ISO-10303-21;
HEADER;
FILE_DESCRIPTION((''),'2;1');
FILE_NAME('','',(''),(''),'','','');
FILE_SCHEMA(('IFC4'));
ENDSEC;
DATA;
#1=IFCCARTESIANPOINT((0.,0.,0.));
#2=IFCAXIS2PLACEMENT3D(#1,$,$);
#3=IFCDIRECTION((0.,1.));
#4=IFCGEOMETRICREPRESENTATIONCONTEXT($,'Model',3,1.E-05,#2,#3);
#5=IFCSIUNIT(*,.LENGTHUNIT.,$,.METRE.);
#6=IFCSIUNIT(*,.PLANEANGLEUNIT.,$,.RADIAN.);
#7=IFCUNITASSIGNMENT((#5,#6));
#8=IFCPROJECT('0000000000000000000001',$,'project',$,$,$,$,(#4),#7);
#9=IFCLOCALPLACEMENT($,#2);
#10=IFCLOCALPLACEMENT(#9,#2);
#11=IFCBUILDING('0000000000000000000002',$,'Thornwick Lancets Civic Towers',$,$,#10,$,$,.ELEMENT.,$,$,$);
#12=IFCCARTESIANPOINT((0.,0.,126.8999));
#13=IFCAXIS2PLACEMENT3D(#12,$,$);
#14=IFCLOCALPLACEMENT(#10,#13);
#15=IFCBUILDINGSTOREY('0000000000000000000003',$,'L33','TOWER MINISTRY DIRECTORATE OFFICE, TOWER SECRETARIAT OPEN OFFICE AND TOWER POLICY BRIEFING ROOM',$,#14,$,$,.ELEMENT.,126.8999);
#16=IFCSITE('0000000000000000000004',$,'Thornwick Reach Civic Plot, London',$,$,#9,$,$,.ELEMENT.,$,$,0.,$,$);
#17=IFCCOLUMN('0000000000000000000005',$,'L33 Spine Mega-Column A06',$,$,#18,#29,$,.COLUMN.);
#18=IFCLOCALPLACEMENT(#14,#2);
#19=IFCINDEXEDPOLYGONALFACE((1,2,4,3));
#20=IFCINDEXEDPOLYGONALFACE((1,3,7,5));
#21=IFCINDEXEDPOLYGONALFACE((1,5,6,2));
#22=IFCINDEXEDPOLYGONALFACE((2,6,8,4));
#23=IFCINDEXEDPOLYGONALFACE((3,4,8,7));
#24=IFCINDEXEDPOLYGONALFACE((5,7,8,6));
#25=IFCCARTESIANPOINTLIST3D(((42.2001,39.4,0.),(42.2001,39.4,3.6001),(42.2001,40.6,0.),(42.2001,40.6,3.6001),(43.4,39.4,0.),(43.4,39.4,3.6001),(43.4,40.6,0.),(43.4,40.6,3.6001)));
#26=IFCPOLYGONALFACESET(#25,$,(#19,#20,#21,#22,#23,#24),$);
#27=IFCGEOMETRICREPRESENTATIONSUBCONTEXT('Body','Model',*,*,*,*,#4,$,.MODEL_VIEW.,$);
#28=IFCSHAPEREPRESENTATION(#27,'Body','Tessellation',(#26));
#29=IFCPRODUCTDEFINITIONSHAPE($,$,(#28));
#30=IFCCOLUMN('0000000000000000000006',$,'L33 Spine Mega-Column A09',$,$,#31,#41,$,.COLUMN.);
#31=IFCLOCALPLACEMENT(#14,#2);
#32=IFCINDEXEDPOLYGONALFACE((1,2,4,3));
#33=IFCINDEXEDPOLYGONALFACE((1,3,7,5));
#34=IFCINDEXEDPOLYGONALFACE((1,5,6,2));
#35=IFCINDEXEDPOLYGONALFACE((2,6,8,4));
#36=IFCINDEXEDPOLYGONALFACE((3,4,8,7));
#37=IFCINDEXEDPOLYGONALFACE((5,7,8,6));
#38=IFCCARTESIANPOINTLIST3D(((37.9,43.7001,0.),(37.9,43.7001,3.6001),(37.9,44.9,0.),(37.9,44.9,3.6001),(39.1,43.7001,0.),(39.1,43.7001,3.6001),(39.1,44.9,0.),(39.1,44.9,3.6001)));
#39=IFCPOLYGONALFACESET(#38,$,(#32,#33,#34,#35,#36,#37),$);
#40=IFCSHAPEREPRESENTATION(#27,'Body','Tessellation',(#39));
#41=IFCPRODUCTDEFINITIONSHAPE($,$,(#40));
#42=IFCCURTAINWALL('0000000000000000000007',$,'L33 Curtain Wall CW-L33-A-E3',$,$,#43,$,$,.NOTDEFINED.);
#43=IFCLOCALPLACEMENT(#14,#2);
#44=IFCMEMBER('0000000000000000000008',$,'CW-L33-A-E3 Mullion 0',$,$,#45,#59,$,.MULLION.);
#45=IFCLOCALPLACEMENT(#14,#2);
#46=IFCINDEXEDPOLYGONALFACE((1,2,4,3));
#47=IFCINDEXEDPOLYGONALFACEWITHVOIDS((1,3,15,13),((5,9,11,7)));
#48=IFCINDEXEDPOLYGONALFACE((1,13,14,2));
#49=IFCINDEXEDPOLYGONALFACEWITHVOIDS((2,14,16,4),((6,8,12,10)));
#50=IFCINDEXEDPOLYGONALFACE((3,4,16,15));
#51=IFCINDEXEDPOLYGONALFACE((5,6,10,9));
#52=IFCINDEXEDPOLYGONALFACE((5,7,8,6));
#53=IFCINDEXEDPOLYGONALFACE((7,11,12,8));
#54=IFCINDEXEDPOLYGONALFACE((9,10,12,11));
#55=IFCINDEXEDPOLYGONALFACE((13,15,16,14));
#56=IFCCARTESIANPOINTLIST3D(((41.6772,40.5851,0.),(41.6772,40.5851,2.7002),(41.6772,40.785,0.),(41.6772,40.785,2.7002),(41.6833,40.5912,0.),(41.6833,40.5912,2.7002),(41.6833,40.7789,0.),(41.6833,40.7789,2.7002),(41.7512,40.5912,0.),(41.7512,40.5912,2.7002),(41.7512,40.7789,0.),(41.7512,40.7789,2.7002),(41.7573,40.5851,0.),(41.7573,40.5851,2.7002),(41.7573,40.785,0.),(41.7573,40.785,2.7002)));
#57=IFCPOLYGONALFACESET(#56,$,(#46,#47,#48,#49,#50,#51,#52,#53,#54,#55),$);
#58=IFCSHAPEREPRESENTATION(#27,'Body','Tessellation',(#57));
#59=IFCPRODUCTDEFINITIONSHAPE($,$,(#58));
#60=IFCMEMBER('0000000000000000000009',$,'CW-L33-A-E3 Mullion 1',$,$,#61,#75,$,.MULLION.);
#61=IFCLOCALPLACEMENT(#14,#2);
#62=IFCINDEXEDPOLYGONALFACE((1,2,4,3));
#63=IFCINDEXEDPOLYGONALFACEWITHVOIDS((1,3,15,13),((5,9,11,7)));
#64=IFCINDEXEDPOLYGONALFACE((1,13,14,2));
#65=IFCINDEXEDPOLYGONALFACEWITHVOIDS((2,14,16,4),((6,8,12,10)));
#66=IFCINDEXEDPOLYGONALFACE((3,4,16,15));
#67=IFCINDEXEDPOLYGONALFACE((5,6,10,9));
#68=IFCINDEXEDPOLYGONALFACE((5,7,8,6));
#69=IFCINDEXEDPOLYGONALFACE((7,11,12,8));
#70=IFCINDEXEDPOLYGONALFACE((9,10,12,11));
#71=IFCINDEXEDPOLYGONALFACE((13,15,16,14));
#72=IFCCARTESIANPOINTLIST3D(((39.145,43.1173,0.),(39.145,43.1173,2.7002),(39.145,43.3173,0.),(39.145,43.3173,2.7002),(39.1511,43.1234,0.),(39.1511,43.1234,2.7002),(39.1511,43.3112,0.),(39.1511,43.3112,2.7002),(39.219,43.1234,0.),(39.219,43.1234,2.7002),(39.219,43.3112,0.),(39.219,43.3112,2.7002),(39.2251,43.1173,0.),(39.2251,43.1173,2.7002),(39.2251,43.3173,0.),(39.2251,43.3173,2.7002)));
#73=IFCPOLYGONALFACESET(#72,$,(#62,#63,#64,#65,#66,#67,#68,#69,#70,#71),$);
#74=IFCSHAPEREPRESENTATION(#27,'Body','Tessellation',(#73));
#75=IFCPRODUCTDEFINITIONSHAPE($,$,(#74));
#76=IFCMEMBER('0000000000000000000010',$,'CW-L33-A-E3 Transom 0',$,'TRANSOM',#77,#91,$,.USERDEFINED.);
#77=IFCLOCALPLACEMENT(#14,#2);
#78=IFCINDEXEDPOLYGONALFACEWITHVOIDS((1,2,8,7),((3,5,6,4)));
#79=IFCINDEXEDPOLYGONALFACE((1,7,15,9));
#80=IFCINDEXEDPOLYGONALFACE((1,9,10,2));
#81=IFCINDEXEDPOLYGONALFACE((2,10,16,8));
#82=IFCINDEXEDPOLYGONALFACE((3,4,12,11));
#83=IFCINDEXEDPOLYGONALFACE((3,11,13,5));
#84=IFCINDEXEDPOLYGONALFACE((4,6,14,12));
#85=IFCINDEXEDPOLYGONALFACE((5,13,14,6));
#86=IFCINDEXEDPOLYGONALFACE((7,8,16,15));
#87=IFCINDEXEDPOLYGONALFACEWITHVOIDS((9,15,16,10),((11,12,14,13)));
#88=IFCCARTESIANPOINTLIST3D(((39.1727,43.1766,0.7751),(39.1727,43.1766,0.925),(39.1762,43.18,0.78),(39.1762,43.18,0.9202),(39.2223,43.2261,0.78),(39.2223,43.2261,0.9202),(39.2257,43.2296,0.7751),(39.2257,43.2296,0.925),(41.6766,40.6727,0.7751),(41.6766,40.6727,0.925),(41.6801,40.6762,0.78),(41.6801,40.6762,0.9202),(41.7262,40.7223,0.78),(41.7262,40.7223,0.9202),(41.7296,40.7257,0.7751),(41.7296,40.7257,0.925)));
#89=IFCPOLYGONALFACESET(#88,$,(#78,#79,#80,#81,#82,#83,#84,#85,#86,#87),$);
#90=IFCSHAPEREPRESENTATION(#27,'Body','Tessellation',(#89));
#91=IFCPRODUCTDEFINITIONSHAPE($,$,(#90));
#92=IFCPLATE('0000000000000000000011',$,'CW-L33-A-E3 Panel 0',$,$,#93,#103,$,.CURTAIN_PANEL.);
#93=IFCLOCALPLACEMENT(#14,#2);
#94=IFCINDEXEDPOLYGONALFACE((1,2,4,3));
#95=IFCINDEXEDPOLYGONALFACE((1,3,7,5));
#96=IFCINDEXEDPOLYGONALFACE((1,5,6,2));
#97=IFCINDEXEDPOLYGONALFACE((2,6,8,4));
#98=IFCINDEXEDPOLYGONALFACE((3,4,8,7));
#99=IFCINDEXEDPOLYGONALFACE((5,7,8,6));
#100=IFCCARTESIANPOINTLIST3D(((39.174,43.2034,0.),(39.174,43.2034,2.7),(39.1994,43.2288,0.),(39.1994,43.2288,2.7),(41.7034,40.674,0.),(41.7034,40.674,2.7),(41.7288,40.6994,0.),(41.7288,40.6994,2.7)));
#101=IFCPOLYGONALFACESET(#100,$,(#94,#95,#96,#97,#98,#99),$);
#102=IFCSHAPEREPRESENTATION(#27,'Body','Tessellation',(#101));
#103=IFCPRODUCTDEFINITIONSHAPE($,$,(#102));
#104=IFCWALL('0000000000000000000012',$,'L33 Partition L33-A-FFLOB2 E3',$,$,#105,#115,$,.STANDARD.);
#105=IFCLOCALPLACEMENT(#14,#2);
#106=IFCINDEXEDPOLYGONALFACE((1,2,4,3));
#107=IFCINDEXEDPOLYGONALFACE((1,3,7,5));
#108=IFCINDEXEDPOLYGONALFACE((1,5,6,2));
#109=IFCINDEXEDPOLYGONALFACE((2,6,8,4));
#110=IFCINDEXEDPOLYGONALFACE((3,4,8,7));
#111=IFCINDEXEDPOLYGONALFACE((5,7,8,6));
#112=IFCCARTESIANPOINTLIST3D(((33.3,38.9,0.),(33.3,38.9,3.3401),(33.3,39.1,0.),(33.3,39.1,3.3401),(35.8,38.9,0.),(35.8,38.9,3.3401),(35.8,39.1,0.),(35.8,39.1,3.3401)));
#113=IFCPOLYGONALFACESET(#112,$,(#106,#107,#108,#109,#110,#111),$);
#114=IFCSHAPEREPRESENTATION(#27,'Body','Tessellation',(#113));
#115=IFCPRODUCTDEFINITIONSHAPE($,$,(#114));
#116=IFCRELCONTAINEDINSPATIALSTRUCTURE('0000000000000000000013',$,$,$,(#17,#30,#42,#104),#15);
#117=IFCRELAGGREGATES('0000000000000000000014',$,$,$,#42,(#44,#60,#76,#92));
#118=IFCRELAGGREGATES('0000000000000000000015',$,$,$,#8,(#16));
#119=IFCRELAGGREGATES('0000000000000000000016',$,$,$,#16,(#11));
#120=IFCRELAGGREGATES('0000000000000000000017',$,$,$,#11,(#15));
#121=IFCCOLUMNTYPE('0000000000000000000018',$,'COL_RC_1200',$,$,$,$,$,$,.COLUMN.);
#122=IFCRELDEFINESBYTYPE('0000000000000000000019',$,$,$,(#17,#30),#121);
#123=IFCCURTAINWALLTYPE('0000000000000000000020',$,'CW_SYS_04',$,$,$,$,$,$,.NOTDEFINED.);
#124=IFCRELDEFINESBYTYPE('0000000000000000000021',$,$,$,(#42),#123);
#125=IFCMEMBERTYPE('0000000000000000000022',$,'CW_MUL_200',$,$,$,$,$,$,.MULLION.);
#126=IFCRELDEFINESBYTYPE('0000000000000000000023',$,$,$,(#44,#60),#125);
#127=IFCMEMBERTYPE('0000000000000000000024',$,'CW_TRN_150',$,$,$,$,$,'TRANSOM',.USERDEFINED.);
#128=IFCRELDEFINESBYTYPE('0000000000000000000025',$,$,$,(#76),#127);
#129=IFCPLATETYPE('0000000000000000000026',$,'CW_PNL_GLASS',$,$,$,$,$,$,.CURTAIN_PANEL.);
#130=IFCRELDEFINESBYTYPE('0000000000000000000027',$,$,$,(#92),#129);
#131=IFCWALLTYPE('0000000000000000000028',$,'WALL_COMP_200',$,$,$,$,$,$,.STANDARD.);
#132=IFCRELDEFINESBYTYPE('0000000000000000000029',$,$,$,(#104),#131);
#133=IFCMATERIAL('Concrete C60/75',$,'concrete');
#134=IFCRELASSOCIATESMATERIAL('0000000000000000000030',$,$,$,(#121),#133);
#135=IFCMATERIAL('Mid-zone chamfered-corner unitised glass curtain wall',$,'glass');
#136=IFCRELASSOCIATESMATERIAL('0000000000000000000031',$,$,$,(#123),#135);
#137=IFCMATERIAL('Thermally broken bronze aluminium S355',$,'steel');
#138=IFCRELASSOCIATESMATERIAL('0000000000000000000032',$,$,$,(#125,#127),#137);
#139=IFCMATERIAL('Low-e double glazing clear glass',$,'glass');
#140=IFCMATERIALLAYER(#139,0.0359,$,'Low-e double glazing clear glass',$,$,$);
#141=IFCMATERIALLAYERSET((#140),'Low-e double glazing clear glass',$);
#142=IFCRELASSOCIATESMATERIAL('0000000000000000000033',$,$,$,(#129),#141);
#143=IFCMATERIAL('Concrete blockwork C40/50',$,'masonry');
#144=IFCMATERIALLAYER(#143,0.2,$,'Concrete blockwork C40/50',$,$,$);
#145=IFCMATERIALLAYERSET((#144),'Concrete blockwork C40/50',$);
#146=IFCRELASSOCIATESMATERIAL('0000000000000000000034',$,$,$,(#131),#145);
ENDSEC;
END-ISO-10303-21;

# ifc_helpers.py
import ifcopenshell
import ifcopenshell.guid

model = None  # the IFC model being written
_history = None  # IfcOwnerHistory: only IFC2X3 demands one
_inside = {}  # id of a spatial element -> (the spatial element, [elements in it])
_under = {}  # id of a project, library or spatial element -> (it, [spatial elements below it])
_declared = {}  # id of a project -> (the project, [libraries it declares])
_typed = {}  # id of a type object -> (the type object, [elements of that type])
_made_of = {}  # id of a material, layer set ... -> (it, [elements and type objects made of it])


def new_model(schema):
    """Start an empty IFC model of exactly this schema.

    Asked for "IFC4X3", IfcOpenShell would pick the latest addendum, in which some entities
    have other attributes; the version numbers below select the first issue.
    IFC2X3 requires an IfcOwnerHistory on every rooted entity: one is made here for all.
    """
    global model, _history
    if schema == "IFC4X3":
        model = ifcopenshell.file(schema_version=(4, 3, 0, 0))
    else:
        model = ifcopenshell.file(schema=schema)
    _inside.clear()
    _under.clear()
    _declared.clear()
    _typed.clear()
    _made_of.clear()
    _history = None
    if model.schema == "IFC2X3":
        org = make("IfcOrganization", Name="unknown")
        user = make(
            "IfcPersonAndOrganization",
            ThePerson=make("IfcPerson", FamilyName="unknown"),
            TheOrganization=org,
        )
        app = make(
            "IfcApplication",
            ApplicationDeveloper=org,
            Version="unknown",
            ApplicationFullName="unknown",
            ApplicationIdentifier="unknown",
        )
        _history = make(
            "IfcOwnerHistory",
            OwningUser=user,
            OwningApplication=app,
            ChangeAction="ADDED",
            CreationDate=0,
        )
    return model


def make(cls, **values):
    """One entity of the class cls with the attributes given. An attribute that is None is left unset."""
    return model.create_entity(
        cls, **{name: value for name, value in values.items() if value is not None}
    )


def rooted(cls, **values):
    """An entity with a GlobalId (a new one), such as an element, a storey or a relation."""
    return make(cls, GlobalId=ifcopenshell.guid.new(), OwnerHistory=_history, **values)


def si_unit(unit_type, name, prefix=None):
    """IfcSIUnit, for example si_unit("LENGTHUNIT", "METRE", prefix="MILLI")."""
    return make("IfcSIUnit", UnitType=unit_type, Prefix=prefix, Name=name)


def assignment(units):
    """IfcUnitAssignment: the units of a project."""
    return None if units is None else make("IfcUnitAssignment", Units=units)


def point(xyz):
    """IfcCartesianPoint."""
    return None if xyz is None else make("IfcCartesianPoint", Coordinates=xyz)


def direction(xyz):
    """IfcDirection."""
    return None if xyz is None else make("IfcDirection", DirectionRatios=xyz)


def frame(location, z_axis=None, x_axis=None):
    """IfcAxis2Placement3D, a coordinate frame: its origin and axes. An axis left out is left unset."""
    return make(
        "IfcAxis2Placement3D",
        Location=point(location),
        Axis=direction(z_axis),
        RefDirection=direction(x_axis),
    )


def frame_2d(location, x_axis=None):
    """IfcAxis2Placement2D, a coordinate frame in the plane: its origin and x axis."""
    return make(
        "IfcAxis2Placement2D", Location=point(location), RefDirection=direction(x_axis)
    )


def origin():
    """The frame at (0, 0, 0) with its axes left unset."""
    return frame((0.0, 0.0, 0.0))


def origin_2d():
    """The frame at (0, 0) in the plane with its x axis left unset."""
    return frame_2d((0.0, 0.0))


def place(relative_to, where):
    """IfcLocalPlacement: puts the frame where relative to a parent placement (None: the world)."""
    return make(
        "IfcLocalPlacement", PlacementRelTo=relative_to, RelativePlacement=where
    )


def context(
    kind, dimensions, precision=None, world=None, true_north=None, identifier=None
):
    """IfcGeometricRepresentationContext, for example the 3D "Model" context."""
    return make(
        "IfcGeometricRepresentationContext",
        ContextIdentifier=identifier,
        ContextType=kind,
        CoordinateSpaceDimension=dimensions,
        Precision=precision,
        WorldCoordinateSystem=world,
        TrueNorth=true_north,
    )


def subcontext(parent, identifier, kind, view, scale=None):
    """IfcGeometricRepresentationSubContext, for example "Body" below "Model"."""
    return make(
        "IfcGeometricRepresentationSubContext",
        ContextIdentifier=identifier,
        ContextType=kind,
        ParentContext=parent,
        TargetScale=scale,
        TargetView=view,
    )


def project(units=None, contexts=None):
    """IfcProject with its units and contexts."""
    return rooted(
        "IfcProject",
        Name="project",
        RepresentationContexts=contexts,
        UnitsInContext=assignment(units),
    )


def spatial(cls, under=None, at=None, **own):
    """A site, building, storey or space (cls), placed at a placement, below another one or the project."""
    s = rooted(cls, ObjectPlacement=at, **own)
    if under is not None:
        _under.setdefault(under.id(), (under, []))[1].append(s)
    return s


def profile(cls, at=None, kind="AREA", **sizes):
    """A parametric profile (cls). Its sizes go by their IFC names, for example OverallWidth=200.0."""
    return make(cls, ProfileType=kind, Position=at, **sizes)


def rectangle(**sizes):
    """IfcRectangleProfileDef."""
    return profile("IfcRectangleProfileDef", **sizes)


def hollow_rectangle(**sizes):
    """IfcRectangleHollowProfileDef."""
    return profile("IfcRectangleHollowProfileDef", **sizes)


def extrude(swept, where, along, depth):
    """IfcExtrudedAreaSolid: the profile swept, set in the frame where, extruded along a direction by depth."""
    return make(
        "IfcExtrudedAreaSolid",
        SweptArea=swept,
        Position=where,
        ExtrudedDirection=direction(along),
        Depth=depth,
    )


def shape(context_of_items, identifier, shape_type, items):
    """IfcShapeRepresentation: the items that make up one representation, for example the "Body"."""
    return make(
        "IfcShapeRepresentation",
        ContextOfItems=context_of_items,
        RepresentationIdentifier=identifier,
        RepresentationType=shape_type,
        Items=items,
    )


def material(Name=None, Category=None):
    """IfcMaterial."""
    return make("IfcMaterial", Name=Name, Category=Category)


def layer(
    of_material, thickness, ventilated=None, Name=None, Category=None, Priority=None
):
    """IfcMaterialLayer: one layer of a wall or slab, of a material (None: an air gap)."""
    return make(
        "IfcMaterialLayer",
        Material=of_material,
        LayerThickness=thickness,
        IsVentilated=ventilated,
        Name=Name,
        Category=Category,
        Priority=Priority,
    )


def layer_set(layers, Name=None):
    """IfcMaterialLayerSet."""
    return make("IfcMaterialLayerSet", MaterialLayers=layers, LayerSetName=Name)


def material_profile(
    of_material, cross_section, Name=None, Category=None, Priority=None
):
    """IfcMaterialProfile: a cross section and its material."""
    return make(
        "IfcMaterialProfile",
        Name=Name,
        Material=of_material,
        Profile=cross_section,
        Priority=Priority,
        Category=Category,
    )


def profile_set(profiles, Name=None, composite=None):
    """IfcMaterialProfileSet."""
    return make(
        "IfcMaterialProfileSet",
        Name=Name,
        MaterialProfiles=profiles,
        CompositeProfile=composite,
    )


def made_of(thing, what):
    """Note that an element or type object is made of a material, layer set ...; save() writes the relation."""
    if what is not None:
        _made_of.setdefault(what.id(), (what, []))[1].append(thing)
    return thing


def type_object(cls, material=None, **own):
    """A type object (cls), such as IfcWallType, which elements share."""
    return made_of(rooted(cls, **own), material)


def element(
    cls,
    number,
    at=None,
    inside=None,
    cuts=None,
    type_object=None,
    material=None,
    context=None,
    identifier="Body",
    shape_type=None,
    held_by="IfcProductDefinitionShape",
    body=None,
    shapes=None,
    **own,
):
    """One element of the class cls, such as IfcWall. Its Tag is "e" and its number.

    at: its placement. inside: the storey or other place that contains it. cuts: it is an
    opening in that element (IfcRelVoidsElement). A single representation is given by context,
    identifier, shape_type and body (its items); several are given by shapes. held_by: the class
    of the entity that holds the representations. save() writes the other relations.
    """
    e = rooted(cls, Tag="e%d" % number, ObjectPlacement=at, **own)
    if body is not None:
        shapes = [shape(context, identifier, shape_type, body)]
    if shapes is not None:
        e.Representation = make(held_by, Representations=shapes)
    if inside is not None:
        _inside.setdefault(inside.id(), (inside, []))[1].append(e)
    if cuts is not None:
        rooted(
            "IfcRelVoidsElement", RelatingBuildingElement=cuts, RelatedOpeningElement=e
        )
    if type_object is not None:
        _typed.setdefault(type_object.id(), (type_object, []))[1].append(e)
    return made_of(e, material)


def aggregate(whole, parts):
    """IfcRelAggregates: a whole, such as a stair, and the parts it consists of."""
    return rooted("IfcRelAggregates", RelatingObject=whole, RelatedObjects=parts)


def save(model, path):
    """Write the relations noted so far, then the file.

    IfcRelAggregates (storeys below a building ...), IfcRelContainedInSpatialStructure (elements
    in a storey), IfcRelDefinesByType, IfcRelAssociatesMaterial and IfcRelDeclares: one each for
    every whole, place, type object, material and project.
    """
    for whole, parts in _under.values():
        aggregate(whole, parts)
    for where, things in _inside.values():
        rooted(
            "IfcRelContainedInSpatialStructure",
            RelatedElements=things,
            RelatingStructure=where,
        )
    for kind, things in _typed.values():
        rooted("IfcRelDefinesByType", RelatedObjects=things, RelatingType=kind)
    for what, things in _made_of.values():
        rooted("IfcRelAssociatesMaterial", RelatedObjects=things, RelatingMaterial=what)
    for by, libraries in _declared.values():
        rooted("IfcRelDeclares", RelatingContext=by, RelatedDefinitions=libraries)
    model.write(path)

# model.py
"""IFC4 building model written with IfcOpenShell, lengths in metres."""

from ifc_helpers import new_model, si_unit, direction, frame, frame_2d, origin, origin_2d, place, context, subcontext, project, spatial, rectangle, hollow_rectangle, extrude, material, layer, layer_set, material_profile, profile_set, type_object, element, aggregate, save


model = new_model("IFC4")

# Units and contexts
model_context = context("Model", 3, precision=1e-05, world=origin(), true_north=direction((0.0, 1.0)))
body_context = subcontext(model_context, "Body", "Model", "MODEL_VIEW")
ifc_project = project(units=[si_unit("LENGTHUNIT", "METRE"), si_unit("PLANEANGLEUNIT", "RADIAN")], contexts=[model_context])

# Site, building, storey
site_placement = place(None, origin())
site = spatial("IfcSite", under=ifc_project, at=site_placement, Name="Thornwick Reach Civic Plot, London", CompositionType="ELEMENT", RefElevation=0.0)
building_placement = place(site_placement, origin())
building = spatial("IfcBuilding", under=site, at=building_placement, Name="Thornwick Lancets Civic Towers", CompositionType="ELEMENT")
storey_placement = place(building_placement, frame((0.0, 0.0, 126.8999)))
storey = spatial("IfcBuildingStorey", under=building, at=storey_placement, Name="L33", Description="TOWER MINISTRY DIRECTORATE OFFICE, TOWER SECRETARIAT OPEN OFFICE AND TOWER POLICY BRIEFING ROOM", CompositionType="ELEMENT", Elevation=126.8999)

# Columns
ifc_material_1 = material(Name="Concrete C60/75", Category="concrete")
ifc_material_profile_1 = material_profile(ifc_material_1, rectangle(XDim=1.2, YDim=1.2, at=origin_2d()), Name="RC 1200x1200")
ifc_profile_set_1 = profile_set([ifc_material_profile_1], Name="Concrete C60/75")
column_type = type_object("IfcColumnType", Name="COL_RC_1200", PredefinedType="COLUMN", material=ifc_profile_set_1)
for number, where, z_axis, x_axis, name in (
    (1, (42.8, 40.0, 0.0), (0.0, 0.0, 1.0), (1.0, 0.0, 0.0), "L33 Spine Mega-Column A06"),
    (2, (38.5, 44.3, 0.0), (0.0, 0.0, 1.0), (1.0, 0.0, 0.0), "L33 Spine Mega-Column A09"),
):
    element("IfcColumn", number, at=place(storey_placement, frame(where, z_axis=z_axis, x_axis=x_axis)), inside=storey, type_object=column_type, Name=name, PredefinedType="COLUMN", context=body_context, shape_type="SweptSolid", body=[
        extrude(rectangle(XDim=1.2, YDim=1.2, at=origin_2d()), origin(), (0.0, 0.0, 1.0), 3.6001),
    ])

# Curtain wall, members, plate
ifc_material_2 = material(Name="Mid-zone chamfered-corner unitised glass curtain wall", Category="glass")
curtain_wall_type = type_object("IfcCurtainWallType", Name="CW_SYS_04", PredefinedType="NOTDEFINED", material=ifc_material_2)
curtain_wall_placement = place(storey_placement, origin())
curtain_wall = element("IfcCurtainWall", 3, at=curtain_wall_placement, inside=storey, type_object=curtain_wall_type, Name="L33 Curtain Wall CW-L33-A-E3", PredefinedType="NOTDEFINED")
ifc_material_3 = material(Name="Thermally broken bronze aluminium S355", Category="steel")
ifc_material_profile_2 = material_profile(ifc_material_3, hollow_rectangle(XDim=0.0801, YDim=0.2, WallThickness=0.0061, at=origin_2d()), Name="RHS 200x80x6")
ifc_profile_set_2 = profile_set([ifc_material_profile_2], Name="Thermally broken bronze aluminium S355")
member_type_1 = type_object("IfcMemberType", Name="CW_MUL_200", PredefinedType="MULLION", material=ifc_profile_set_2)
member_1_placement = place(storey_placement, frame((41.7173, 40.6851, 0.0), z_axis=(0.0, 0.0, 1.0), x_axis=(1.0, 0.0, 0.0)))
member_1 = element("IfcMember", 4, at=member_1_placement, type_object=member_type_1, Name="CW-L33-A-E3 Mullion 0", PredefinedType="MULLION", context=body_context, shape_type="SweptSolid", body=[
    extrude(hollow_rectangle(XDim=0.0801, YDim=0.2, WallThickness=0.0061, at=origin_2d()), origin(), (0.0, 0.0, 1.0), 2.7002),
])
member_2_placement = place(storey_placement, frame((39.1851, 43.2173, 0.0), z_axis=(0.0, 0.0, 1.0), x_axis=(1.0, 0.0, 0.0)))
member_2 = element("IfcMember", 5, at=member_2_placement, type_object=member_type_1, Name="CW-L33-A-E3 Mullion 1", PredefinedType="MULLION", context=body_context, shape_type="SweptSolid", body=[
    extrude(hollow_rectangle(XDim=0.0801, YDim=0.2, WallThickness=0.0061, at=origin_2d()), origin(), (0.0, 0.0, 1.0), 2.7002),
])
ifc_material_profile_3 = material_profile(ifc_material_3, hollow_rectangle(XDim=0.075, YDim=0.1499, WallThickness=0.0049, at=origin_2d()), Name="RHS 150x75x5")
ifc_profile_set_3 = profile_set([ifc_material_profile_3], Name="Thermally broken bronze aluminium S355")
member_type_2 = type_object("IfcMemberType", Name="CW_TRN_150", ElementType="TRANSOM", PredefinedType="USERDEFINED", material=ifc_profile_set_3)
member_3_placement = place(storey_placement, frame((41.7031, 40.6992, 0.8501), z_axis=(-0.707107, 0.707107, 0.0), x_axis=(-0.707107, -0.707107, 0.0)))
member_3 = element("IfcMember", 6, at=member_3_placement, type_object=member_type_2, Name="CW-L33-A-E3 Transom 0", ObjectType="TRANSOM", PredefinedType="USERDEFINED", context=body_context, shape_type="SweptSolid", body=[
    extrude(hollow_rectangle(XDim=0.075, YDim=0.1499, WallThickness=0.0049, at=origin_2d()), origin(), (0.0, 0.0, 1.0), 3.541),
])
ifc_material_4 = material(Name="Low-e double glazing clear glass", Category="glass")
ifc_layer_1 = layer(ifc_material_4, 0.0359, Name="Low-e double glazing clear glass")
ifc_layer_set_1 = layer_set([ifc_layer_1], Name="Low-e double glazing clear glass")
plate_type = type_object("IfcPlateType", Name="CW_PNL_GLASS", PredefinedType="CURTAIN_PANEL", material=ifc_layer_set_1)
plate_placement = place(storey_placement, frame((40.4514, 41.9514, 0.0), z_axis=(0.0, 0.0, 1.0), x_axis=(-0.707107, 0.707107, 0.0)))
plate = element("IfcPlate", 7, at=plate_placement, type_object=plate_type, Name="CW-L33-A-E3 Panel 0", PredefinedType="CURTAIN_PANEL", context=body_context, shape_type="SweptSolid", body=[
    extrude(rectangle(XDim=3.5771, YDim=0.0359, at=origin_2d()), origin(), (0.0, 0.0, 1.0), 2.7),
])
aggregate(curtain_wall, [member_1, member_2, member_3, plate])

# Wall
ifc_material_5 = material(Name="Concrete blockwork C40/50", Category="masonry")
ifc_layer_2 = layer(ifc_material_5, 0.2, Name="Concrete blockwork C40/50")
ifc_layer_set_2 = layer_set([ifc_layer_2], Name="Concrete blockwork C40/50")
wall_type_1 = type_object("IfcWallType", Name="WALL_COMP_200", PredefinedType="STANDARD", material=ifc_layer_set_2)
wall_1_placement = place(storey_placement, frame((35.8, 39.0, 0.0), z_axis=(0.0, 0.0, 1.0), x_axis=(-1.0, 0.0, 0.0)))
element("IfcWall", 8, at=wall_1_placement, inside=storey, type_object=wall_type_1, Name="L33 Partition L33-A-FFLOB2 E3", PredefinedType="STANDARD", context=body_context, shape_type="SweptSolid", body=[
    extrude(rectangle(XDim=2.5, YDim=0.2, at=frame_2d((1.25, 0.0))), origin(), (0.0, 0.0, 1.0), 3.3401),
])

save(model, "model.ifc")
